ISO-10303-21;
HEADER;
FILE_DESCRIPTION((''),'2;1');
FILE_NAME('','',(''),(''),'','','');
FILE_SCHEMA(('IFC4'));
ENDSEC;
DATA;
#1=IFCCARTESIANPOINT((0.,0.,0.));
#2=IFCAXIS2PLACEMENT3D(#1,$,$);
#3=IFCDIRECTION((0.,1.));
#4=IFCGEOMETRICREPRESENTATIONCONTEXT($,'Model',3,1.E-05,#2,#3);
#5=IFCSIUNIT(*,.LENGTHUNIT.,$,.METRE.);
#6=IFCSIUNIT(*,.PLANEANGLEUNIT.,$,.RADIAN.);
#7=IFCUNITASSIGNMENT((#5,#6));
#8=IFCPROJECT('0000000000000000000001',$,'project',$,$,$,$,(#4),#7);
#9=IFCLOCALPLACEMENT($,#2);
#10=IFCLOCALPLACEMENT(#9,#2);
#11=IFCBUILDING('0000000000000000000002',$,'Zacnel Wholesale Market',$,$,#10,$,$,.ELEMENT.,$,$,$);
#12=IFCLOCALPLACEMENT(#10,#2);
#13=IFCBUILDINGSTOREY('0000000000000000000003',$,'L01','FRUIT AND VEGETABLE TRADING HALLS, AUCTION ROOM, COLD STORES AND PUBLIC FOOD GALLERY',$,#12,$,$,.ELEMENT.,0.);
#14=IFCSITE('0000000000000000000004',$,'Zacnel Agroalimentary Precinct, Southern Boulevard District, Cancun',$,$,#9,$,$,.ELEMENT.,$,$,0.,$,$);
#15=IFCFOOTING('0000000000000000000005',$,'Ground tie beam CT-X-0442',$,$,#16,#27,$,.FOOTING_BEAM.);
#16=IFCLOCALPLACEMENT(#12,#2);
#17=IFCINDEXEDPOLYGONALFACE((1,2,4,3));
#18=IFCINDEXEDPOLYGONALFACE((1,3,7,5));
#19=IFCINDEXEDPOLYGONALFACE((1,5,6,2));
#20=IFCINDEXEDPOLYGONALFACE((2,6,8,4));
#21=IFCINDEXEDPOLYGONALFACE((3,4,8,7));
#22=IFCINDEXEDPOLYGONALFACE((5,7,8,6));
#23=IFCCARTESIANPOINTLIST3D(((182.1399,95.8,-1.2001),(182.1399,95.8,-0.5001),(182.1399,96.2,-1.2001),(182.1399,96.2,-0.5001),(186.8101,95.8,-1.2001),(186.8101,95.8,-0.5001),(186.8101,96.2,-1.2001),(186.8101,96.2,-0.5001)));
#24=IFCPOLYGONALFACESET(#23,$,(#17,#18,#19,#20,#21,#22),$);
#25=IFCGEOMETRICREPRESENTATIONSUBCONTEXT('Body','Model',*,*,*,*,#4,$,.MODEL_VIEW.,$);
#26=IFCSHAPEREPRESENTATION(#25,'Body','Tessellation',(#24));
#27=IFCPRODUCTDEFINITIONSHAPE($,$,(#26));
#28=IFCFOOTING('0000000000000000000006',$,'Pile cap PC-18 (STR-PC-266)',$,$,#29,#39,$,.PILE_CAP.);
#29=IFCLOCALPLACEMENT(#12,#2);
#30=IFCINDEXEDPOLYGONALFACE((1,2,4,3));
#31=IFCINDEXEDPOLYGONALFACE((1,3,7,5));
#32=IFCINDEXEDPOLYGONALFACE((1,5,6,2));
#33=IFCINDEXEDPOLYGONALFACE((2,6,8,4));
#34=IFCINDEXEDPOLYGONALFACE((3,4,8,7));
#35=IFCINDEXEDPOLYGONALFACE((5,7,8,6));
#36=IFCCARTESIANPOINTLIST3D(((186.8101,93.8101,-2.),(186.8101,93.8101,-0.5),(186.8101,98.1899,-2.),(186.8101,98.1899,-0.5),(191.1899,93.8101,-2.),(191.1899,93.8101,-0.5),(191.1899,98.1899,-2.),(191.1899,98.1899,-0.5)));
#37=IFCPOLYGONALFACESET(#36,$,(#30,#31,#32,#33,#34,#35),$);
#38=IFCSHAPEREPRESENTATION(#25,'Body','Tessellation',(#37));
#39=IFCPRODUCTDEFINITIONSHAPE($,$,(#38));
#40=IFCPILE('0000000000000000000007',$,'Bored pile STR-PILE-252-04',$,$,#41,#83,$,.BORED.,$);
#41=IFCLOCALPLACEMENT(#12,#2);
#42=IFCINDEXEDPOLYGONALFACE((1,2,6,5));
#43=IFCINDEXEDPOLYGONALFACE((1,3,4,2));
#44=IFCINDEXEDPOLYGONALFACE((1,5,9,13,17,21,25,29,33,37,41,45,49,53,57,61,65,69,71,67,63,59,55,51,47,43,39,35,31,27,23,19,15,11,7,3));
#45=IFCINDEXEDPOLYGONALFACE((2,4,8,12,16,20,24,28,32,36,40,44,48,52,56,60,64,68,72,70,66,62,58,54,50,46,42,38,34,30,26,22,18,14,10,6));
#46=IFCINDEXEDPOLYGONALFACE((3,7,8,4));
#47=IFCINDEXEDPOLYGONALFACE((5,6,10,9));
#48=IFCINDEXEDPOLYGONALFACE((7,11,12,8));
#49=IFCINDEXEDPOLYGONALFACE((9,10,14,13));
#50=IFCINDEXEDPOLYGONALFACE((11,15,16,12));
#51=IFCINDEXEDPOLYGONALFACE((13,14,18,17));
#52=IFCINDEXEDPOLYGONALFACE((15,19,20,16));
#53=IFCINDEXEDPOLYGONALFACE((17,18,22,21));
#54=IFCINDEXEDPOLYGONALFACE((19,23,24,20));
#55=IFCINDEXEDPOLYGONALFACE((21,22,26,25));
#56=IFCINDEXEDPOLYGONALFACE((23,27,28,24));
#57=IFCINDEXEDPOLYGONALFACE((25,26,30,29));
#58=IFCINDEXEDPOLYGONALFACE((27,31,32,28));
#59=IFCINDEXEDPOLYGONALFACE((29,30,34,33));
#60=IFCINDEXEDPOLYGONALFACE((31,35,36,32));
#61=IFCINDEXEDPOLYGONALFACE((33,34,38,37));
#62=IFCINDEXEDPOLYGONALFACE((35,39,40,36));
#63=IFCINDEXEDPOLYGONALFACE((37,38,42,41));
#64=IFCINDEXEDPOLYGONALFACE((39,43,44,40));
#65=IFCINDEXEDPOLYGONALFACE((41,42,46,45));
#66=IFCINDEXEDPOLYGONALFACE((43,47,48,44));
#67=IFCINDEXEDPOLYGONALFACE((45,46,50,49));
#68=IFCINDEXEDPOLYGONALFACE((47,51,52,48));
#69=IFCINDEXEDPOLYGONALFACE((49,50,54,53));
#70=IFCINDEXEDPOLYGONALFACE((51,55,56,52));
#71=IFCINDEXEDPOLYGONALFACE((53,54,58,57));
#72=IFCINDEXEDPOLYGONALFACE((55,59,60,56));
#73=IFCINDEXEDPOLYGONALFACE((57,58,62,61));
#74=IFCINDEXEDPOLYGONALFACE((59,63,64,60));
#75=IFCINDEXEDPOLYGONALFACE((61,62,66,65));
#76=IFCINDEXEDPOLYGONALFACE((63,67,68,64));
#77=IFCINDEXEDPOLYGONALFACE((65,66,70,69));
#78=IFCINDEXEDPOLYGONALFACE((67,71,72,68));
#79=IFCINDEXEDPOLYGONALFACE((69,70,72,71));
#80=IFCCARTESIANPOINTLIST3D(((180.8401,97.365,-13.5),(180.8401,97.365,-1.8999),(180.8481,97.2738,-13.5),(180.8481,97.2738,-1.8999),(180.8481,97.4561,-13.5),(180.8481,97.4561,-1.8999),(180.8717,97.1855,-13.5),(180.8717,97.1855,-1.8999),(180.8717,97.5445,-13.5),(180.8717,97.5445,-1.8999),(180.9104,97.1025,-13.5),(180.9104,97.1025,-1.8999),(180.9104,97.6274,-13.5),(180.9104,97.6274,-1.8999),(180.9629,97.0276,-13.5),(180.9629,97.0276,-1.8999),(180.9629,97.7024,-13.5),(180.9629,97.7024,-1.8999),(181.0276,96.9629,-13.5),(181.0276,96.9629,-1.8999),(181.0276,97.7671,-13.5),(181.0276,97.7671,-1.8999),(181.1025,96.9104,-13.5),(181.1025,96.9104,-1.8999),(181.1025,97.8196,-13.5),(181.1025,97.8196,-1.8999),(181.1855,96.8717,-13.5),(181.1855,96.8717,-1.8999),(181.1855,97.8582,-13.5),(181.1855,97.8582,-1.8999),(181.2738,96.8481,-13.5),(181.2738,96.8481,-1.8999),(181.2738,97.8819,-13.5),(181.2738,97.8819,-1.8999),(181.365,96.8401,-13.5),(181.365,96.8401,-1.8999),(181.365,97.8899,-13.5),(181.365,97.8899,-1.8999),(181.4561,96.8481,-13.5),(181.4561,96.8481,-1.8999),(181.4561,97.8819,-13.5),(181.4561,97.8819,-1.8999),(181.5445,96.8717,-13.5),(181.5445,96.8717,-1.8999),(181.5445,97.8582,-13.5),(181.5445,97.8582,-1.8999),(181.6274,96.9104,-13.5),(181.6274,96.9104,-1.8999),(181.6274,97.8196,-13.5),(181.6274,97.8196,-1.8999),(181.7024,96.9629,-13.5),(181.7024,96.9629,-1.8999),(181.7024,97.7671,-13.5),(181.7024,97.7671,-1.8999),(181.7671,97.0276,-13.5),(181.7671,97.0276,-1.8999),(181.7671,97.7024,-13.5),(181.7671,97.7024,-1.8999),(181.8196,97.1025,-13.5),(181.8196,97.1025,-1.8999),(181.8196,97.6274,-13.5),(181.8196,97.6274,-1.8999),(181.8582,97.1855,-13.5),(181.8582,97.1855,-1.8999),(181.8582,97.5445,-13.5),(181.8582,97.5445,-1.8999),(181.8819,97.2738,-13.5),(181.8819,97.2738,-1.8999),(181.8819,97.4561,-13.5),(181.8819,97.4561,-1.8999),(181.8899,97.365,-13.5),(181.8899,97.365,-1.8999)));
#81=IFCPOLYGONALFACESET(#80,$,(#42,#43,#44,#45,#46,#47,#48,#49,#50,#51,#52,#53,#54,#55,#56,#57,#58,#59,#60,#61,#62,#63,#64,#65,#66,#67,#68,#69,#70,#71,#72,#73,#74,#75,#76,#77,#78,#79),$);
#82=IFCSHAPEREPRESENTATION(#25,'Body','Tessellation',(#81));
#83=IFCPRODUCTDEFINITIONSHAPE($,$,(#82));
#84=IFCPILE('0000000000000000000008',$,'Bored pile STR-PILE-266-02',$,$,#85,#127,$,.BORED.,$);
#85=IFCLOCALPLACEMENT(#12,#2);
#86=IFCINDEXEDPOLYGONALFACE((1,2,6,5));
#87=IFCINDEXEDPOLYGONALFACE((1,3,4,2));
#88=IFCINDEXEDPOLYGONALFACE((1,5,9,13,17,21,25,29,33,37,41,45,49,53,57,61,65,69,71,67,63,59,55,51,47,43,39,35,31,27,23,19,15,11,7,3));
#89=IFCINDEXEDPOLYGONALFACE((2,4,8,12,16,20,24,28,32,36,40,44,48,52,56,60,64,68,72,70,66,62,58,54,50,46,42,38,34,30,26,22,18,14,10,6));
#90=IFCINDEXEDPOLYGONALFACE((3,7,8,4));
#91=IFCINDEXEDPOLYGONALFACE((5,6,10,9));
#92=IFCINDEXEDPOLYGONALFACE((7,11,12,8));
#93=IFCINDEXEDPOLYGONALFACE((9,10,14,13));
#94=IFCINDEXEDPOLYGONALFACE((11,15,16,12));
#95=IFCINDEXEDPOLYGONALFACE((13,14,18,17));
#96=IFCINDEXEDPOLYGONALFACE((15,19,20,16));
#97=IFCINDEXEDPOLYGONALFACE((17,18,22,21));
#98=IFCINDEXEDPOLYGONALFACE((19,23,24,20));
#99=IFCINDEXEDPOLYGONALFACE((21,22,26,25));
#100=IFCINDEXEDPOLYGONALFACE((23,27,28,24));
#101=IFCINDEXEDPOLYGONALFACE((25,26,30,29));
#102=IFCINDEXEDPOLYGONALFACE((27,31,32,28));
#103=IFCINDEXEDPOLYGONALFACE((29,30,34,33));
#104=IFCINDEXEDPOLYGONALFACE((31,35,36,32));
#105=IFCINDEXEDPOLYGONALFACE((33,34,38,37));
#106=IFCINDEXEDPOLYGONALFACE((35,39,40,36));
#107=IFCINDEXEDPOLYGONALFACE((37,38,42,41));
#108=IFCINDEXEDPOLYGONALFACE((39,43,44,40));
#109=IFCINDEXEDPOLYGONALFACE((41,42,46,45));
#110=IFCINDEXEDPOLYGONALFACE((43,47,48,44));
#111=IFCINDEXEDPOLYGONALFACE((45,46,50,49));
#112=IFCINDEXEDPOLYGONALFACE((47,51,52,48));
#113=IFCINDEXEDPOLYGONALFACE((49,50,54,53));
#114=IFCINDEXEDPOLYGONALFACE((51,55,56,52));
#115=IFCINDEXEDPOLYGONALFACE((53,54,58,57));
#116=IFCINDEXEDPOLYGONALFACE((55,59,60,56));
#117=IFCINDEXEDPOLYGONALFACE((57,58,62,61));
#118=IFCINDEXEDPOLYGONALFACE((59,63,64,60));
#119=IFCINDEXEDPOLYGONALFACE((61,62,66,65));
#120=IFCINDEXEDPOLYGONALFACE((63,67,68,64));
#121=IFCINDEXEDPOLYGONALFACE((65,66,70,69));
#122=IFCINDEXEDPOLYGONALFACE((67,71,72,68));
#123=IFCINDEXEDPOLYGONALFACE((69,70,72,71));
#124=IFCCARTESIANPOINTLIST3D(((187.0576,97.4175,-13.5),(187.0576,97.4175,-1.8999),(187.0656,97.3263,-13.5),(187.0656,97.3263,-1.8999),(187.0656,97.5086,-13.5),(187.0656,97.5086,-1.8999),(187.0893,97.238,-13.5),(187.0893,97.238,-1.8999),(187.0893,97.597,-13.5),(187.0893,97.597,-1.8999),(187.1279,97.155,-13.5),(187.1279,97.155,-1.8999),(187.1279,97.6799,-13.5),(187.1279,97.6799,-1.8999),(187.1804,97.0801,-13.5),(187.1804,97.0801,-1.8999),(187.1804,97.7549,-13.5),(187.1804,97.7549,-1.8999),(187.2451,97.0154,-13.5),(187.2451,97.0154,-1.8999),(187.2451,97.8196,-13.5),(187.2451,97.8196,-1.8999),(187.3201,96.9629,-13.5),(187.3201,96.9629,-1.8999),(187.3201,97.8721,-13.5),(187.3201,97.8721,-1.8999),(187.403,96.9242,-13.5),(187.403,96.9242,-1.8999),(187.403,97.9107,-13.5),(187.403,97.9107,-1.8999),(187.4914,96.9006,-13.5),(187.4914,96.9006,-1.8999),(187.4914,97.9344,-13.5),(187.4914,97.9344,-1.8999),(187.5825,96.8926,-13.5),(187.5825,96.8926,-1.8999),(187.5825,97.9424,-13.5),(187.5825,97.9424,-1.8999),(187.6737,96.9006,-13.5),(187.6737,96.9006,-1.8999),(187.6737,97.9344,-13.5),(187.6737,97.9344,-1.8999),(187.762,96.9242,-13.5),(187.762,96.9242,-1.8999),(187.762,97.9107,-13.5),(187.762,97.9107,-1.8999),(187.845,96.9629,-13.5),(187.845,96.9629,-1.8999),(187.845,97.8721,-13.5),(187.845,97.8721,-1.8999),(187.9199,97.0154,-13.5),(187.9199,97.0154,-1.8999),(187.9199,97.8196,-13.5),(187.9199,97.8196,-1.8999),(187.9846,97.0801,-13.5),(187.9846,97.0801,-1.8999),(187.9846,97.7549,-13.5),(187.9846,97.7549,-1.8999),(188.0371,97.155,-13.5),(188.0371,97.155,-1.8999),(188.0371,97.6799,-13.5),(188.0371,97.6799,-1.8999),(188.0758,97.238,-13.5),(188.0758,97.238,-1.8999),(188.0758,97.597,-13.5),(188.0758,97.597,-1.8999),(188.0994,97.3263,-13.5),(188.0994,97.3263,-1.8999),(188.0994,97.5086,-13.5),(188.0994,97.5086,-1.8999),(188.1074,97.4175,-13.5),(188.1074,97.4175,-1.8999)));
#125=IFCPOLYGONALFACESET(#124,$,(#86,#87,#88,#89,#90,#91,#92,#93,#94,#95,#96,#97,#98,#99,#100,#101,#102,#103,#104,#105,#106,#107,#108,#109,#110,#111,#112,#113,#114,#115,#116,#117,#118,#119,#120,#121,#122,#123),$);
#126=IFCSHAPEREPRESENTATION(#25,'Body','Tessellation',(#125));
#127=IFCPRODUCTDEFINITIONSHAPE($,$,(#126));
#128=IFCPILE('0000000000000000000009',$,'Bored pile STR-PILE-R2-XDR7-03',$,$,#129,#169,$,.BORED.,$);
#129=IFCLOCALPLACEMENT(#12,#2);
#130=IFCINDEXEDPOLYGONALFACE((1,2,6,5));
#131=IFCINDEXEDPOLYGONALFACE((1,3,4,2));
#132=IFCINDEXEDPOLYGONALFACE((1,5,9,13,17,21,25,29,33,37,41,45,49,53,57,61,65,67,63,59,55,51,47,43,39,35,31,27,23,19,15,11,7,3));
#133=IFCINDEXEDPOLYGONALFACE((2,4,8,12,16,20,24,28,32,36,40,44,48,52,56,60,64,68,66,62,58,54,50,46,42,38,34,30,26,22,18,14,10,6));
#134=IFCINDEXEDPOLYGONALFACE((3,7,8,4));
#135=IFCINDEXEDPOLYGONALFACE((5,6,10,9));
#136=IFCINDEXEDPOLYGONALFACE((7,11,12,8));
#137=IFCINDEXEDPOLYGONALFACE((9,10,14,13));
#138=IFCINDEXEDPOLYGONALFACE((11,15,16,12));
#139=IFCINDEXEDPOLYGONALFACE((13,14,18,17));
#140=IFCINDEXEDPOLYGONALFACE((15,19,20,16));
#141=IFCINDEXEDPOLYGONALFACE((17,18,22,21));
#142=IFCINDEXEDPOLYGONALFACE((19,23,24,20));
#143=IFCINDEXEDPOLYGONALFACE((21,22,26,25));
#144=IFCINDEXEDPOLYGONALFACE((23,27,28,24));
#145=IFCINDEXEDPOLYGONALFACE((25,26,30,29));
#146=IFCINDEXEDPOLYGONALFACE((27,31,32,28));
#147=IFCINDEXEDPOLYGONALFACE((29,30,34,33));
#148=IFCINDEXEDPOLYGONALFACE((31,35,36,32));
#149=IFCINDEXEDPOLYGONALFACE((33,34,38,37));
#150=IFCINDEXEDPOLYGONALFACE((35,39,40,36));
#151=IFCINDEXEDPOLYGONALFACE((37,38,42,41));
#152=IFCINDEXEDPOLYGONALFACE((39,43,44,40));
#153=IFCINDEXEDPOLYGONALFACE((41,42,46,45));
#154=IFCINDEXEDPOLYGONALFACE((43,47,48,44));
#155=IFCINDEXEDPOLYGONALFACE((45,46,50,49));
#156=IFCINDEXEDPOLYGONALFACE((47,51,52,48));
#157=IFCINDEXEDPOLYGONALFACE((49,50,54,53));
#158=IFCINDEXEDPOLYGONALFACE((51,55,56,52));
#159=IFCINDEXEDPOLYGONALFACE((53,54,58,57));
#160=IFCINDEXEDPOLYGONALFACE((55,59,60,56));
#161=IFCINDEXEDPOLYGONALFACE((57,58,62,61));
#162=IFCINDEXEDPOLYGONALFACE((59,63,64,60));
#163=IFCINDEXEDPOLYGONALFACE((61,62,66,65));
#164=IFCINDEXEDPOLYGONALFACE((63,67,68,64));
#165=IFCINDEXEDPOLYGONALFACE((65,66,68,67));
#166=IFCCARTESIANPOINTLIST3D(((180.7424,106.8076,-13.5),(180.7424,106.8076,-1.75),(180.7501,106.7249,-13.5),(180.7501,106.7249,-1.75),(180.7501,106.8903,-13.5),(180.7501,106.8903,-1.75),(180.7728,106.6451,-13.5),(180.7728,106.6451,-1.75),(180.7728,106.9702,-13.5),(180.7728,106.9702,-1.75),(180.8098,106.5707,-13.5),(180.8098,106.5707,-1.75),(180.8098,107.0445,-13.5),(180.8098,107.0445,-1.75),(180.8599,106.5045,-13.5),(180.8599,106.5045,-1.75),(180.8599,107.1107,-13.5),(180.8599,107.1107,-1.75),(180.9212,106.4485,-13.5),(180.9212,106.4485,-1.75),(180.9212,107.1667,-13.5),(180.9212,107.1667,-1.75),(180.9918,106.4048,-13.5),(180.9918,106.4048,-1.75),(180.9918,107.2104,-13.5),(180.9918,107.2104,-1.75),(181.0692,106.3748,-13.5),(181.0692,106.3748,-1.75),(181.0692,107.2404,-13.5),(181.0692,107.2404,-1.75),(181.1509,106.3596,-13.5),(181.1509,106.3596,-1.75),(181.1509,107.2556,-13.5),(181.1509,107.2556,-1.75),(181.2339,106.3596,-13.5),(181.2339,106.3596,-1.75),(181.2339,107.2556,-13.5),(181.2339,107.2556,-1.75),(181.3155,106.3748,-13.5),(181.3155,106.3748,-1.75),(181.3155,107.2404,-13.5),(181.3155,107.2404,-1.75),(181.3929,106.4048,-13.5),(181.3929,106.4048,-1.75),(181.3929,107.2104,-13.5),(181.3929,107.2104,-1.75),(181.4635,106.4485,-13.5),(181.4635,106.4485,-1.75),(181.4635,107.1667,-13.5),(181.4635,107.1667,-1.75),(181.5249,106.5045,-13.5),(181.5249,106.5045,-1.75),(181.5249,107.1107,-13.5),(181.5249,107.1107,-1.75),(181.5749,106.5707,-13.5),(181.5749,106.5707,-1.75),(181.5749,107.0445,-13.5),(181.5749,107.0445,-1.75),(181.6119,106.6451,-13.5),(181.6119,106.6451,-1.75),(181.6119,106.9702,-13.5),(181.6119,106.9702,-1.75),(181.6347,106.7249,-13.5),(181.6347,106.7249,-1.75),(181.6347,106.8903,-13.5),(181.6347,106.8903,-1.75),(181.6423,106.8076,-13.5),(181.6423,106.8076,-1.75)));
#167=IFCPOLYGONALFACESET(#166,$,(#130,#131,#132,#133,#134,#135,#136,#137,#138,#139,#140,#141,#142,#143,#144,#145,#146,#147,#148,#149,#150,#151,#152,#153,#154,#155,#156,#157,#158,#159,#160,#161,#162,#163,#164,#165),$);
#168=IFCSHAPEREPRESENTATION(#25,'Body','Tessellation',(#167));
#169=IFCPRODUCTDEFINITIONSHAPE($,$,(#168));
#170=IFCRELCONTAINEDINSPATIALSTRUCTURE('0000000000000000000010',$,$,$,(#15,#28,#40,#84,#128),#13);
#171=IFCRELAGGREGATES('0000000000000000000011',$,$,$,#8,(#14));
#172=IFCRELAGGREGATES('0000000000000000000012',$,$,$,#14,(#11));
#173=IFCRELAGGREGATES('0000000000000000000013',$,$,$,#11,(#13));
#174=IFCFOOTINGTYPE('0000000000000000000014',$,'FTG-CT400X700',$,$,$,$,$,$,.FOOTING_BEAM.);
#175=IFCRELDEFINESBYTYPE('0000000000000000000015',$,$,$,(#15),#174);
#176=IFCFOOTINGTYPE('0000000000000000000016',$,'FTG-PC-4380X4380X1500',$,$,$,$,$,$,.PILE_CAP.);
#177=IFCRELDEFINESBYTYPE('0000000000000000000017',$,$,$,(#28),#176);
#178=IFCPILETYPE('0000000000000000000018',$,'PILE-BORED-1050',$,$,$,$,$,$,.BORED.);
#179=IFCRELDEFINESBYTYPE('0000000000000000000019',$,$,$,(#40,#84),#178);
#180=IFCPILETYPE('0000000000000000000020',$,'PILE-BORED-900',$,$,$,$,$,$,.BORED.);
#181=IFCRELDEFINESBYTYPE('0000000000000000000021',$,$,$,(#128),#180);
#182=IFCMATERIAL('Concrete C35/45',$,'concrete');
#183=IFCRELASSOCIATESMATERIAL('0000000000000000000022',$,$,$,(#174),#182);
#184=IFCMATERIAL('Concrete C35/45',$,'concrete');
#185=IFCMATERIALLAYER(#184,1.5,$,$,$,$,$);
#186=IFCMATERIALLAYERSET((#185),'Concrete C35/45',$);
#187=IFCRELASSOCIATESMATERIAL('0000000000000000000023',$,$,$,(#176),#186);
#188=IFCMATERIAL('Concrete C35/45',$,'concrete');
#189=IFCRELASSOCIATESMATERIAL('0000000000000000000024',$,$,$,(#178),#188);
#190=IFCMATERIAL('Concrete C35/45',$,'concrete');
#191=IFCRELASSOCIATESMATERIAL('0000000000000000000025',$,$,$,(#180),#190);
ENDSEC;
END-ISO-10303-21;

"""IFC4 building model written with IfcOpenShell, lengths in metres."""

from ifc_helpers import new_model, si_unit, direction, frame, origin, origin_2d, place, context, subcontext, project, spatial, rectangle, circle, extrude, material, layer, layer_set, material_profile, profile_set, type_object, element, save


model = new_model("IFC4")

# Units and contexts
model_context = context("Model", 3, precision=1e-05, world=origin(), true_north=direction((0.0, 1.0)))
body_context = subcontext(model_context, "Body", "Model", "MODEL_VIEW")
ifc_project = project(units=[si_unit("LENGTHUNIT", "METRE"), si_unit("PLANEANGLEUNIT", "RADIAN")], contexts=[model_context])

# Site, building, storey
site_placement = place(None, origin())
site = spatial("IfcSite", under=ifc_project, at=site_placement, Name="Zacnel Agroalimentary Precinct, Southern Boulevard District, Cancun", CompositionType="ELEMENT", RefElevation=0.0)
building_placement = place(site_placement, origin())
building = spatial("IfcBuilding", under=site, at=building_placement, Name="Zacnel Wholesale Market", CompositionType="ELEMENT")
storey_placement = place(building_placement, origin())
storey = spatial("IfcBuildingStorey", under=building, at=storey_placement, Name="L01", Description="FRUIT AND VEGETABLE TRADING HALLS, AUCTION ROOM, COLD STORES AND PUBLIC FOOD GALLERY", CompositionType="ELEMENT", Elevation=0.0)

# Footings
ifc_material_1 = material(Name="Concrete C35/45", Category="concrete")
ifc_material_profile_1 = material_profile(ifc_material_1, rectangle(XDim=0.3999, YDim=0.7, at=origin_2d()), Name="CT 400x700")
ifc_profile_set_1 = profile_set([ifc_material_profile_1], Name="Concrete C35/45")
footing_type_1 = type_object("IfcFootingType", Name="FTG-CT400X700", PredefinedType="FOOTING_BEAM", material=ifc_profile_set_1)
footing_1_placement = place(storey_placement, frame((182.1399, 96.0, -0.8501), z_axis=(1.0, 0.0, 0.0), x_axis=(0.0, 1.0, 0.0)))
element("IfcFooting", 1, at=footing_1_placement, inside=storey, type_object=footing_type_1, Name="Ground tie beam CT-X-0442", PredefinedType="FOOTING_BEAM", context=body_context, shape_type="SweptSolid", body=[
    extrude(rectangle(XDim=0.3999, YDim=0.7, at=origin_2d()), origin(), (0.0, 0.0, 1.0), 4.6702),
])
ifc_material_2 = material(Name="Concrete C35/45", Category="concrete")
ifc_layer_1 = layer(ifc_material_2, 1.5)
ifc_layer_set_1 = layer_set([ifc_layer_1], Name="Concrete C35/45")
footing_type_2 = type_object("IfcFootingType", Name="FTG-PC-4380X4380X1500", PredefinedType="PILE_CAP", material=ifc_layer_set_1)
footing_2_placement = place(storey_placement, frame((189.0, 96.0, -2.0), z_axis=(0.0, 0.0, 1.0), x_axis=(1.0, 0.0, 0.0)))
element("IfcFooting", 2, at=footing_2_placement, inside=storey, type_object=footing_type_2, Name="Pile cap PC-18 (STR-PC-266)", PredefinedType="PILE_CAP", context=body_context, shape_type="SweptSolid", body=[
    extrude(rectangle(XDim=4.3799, YDim=4.3799, at=origin_2d()), origin(), (0.0, 0.0, 1.0), 1.5),
])

# Piles
ifc_material_3 = material(Name="Concrete C35/45", Category="concrete")
ifc_material_profile_2 = material_profile(ifc_material_3, circle(Radius=0.5249, at=origin_2d()), Name="BORED PILE D1050")
ifc_profile_set_2 = profile_set([ifc_material_profile_2], Name="Concrete C35/45")
pile_type_1 = type_object("IfcPileType", Name="PILE-BORED-1050", PredefinedType="BORED", material=ifc_profile_set_2)
for number, where, z_axis, x_axis, name in (
    (3, (181.365, 97.365, -1.8999), (0.0, 0.0, -1.0), (1.0, 0.0, 0.0), "Bored pile STR-PILE-252-04"),
    (4, (187.5825, 97.4175, -1.8999), (0.0, 0.0, -1.0), (1.0, 0.0, 0.0), "Bored pile STR-PILE-266-02"),
):
    element("IfcPile", number, at=place(storey_placement, frame(where, z_axis=z_axis, x_axis=x_axis)), inside=storey, type_object=pile_type_1, Name=name, PredefinedType="BORED", context=body_context, shape_type="SweptSolid", body=[
        extrude(circle(Radius=0.5249, at=origin_2d()), origin(), (0.0, 0.0, 1.0), 11.6001),
    ])
ifc_material_4 = material(Name="Concrete C35/45", Category="concrete")
ifc_material_profile_3 = material_profile(ifc_material_4, circle(Radius=0.45, at=origin_2d()), Name="BORED PILE D900")
ifc_profile_set_3 = profile_set([ifc_material_profile_3], Name="Concrete C35/45")
pile_type_2 = type_object("IfcPileType", Name="PILE-BORED-900", PredefinedType="BORED", material=ifc_profile_set_3)
for number, where, z_axis, x_axis, name in (
    (5, (181.1924, 106.8076, -1.75), (0.0, 0.0, -1.0), (1.0, 0.0, 0.0), "Bored pile STR-PILE-R2-XDR7-03"),
):
    element("IfcPile", number, at=place(storey_placement, frame(where, z_axis=z_axis, x_axis=x_axis)), inside=storey, type_object=pile_type_2, Name=name, PredefinedType="BORED", context=body_context, shape_type="SweptSolid", body=[
        extrude(circle(Radius=0.45, at=origin_2d()), origin(), (0.0, 0.0, 1.0), 11.75),
    ])

save(model, "model.ifc")
